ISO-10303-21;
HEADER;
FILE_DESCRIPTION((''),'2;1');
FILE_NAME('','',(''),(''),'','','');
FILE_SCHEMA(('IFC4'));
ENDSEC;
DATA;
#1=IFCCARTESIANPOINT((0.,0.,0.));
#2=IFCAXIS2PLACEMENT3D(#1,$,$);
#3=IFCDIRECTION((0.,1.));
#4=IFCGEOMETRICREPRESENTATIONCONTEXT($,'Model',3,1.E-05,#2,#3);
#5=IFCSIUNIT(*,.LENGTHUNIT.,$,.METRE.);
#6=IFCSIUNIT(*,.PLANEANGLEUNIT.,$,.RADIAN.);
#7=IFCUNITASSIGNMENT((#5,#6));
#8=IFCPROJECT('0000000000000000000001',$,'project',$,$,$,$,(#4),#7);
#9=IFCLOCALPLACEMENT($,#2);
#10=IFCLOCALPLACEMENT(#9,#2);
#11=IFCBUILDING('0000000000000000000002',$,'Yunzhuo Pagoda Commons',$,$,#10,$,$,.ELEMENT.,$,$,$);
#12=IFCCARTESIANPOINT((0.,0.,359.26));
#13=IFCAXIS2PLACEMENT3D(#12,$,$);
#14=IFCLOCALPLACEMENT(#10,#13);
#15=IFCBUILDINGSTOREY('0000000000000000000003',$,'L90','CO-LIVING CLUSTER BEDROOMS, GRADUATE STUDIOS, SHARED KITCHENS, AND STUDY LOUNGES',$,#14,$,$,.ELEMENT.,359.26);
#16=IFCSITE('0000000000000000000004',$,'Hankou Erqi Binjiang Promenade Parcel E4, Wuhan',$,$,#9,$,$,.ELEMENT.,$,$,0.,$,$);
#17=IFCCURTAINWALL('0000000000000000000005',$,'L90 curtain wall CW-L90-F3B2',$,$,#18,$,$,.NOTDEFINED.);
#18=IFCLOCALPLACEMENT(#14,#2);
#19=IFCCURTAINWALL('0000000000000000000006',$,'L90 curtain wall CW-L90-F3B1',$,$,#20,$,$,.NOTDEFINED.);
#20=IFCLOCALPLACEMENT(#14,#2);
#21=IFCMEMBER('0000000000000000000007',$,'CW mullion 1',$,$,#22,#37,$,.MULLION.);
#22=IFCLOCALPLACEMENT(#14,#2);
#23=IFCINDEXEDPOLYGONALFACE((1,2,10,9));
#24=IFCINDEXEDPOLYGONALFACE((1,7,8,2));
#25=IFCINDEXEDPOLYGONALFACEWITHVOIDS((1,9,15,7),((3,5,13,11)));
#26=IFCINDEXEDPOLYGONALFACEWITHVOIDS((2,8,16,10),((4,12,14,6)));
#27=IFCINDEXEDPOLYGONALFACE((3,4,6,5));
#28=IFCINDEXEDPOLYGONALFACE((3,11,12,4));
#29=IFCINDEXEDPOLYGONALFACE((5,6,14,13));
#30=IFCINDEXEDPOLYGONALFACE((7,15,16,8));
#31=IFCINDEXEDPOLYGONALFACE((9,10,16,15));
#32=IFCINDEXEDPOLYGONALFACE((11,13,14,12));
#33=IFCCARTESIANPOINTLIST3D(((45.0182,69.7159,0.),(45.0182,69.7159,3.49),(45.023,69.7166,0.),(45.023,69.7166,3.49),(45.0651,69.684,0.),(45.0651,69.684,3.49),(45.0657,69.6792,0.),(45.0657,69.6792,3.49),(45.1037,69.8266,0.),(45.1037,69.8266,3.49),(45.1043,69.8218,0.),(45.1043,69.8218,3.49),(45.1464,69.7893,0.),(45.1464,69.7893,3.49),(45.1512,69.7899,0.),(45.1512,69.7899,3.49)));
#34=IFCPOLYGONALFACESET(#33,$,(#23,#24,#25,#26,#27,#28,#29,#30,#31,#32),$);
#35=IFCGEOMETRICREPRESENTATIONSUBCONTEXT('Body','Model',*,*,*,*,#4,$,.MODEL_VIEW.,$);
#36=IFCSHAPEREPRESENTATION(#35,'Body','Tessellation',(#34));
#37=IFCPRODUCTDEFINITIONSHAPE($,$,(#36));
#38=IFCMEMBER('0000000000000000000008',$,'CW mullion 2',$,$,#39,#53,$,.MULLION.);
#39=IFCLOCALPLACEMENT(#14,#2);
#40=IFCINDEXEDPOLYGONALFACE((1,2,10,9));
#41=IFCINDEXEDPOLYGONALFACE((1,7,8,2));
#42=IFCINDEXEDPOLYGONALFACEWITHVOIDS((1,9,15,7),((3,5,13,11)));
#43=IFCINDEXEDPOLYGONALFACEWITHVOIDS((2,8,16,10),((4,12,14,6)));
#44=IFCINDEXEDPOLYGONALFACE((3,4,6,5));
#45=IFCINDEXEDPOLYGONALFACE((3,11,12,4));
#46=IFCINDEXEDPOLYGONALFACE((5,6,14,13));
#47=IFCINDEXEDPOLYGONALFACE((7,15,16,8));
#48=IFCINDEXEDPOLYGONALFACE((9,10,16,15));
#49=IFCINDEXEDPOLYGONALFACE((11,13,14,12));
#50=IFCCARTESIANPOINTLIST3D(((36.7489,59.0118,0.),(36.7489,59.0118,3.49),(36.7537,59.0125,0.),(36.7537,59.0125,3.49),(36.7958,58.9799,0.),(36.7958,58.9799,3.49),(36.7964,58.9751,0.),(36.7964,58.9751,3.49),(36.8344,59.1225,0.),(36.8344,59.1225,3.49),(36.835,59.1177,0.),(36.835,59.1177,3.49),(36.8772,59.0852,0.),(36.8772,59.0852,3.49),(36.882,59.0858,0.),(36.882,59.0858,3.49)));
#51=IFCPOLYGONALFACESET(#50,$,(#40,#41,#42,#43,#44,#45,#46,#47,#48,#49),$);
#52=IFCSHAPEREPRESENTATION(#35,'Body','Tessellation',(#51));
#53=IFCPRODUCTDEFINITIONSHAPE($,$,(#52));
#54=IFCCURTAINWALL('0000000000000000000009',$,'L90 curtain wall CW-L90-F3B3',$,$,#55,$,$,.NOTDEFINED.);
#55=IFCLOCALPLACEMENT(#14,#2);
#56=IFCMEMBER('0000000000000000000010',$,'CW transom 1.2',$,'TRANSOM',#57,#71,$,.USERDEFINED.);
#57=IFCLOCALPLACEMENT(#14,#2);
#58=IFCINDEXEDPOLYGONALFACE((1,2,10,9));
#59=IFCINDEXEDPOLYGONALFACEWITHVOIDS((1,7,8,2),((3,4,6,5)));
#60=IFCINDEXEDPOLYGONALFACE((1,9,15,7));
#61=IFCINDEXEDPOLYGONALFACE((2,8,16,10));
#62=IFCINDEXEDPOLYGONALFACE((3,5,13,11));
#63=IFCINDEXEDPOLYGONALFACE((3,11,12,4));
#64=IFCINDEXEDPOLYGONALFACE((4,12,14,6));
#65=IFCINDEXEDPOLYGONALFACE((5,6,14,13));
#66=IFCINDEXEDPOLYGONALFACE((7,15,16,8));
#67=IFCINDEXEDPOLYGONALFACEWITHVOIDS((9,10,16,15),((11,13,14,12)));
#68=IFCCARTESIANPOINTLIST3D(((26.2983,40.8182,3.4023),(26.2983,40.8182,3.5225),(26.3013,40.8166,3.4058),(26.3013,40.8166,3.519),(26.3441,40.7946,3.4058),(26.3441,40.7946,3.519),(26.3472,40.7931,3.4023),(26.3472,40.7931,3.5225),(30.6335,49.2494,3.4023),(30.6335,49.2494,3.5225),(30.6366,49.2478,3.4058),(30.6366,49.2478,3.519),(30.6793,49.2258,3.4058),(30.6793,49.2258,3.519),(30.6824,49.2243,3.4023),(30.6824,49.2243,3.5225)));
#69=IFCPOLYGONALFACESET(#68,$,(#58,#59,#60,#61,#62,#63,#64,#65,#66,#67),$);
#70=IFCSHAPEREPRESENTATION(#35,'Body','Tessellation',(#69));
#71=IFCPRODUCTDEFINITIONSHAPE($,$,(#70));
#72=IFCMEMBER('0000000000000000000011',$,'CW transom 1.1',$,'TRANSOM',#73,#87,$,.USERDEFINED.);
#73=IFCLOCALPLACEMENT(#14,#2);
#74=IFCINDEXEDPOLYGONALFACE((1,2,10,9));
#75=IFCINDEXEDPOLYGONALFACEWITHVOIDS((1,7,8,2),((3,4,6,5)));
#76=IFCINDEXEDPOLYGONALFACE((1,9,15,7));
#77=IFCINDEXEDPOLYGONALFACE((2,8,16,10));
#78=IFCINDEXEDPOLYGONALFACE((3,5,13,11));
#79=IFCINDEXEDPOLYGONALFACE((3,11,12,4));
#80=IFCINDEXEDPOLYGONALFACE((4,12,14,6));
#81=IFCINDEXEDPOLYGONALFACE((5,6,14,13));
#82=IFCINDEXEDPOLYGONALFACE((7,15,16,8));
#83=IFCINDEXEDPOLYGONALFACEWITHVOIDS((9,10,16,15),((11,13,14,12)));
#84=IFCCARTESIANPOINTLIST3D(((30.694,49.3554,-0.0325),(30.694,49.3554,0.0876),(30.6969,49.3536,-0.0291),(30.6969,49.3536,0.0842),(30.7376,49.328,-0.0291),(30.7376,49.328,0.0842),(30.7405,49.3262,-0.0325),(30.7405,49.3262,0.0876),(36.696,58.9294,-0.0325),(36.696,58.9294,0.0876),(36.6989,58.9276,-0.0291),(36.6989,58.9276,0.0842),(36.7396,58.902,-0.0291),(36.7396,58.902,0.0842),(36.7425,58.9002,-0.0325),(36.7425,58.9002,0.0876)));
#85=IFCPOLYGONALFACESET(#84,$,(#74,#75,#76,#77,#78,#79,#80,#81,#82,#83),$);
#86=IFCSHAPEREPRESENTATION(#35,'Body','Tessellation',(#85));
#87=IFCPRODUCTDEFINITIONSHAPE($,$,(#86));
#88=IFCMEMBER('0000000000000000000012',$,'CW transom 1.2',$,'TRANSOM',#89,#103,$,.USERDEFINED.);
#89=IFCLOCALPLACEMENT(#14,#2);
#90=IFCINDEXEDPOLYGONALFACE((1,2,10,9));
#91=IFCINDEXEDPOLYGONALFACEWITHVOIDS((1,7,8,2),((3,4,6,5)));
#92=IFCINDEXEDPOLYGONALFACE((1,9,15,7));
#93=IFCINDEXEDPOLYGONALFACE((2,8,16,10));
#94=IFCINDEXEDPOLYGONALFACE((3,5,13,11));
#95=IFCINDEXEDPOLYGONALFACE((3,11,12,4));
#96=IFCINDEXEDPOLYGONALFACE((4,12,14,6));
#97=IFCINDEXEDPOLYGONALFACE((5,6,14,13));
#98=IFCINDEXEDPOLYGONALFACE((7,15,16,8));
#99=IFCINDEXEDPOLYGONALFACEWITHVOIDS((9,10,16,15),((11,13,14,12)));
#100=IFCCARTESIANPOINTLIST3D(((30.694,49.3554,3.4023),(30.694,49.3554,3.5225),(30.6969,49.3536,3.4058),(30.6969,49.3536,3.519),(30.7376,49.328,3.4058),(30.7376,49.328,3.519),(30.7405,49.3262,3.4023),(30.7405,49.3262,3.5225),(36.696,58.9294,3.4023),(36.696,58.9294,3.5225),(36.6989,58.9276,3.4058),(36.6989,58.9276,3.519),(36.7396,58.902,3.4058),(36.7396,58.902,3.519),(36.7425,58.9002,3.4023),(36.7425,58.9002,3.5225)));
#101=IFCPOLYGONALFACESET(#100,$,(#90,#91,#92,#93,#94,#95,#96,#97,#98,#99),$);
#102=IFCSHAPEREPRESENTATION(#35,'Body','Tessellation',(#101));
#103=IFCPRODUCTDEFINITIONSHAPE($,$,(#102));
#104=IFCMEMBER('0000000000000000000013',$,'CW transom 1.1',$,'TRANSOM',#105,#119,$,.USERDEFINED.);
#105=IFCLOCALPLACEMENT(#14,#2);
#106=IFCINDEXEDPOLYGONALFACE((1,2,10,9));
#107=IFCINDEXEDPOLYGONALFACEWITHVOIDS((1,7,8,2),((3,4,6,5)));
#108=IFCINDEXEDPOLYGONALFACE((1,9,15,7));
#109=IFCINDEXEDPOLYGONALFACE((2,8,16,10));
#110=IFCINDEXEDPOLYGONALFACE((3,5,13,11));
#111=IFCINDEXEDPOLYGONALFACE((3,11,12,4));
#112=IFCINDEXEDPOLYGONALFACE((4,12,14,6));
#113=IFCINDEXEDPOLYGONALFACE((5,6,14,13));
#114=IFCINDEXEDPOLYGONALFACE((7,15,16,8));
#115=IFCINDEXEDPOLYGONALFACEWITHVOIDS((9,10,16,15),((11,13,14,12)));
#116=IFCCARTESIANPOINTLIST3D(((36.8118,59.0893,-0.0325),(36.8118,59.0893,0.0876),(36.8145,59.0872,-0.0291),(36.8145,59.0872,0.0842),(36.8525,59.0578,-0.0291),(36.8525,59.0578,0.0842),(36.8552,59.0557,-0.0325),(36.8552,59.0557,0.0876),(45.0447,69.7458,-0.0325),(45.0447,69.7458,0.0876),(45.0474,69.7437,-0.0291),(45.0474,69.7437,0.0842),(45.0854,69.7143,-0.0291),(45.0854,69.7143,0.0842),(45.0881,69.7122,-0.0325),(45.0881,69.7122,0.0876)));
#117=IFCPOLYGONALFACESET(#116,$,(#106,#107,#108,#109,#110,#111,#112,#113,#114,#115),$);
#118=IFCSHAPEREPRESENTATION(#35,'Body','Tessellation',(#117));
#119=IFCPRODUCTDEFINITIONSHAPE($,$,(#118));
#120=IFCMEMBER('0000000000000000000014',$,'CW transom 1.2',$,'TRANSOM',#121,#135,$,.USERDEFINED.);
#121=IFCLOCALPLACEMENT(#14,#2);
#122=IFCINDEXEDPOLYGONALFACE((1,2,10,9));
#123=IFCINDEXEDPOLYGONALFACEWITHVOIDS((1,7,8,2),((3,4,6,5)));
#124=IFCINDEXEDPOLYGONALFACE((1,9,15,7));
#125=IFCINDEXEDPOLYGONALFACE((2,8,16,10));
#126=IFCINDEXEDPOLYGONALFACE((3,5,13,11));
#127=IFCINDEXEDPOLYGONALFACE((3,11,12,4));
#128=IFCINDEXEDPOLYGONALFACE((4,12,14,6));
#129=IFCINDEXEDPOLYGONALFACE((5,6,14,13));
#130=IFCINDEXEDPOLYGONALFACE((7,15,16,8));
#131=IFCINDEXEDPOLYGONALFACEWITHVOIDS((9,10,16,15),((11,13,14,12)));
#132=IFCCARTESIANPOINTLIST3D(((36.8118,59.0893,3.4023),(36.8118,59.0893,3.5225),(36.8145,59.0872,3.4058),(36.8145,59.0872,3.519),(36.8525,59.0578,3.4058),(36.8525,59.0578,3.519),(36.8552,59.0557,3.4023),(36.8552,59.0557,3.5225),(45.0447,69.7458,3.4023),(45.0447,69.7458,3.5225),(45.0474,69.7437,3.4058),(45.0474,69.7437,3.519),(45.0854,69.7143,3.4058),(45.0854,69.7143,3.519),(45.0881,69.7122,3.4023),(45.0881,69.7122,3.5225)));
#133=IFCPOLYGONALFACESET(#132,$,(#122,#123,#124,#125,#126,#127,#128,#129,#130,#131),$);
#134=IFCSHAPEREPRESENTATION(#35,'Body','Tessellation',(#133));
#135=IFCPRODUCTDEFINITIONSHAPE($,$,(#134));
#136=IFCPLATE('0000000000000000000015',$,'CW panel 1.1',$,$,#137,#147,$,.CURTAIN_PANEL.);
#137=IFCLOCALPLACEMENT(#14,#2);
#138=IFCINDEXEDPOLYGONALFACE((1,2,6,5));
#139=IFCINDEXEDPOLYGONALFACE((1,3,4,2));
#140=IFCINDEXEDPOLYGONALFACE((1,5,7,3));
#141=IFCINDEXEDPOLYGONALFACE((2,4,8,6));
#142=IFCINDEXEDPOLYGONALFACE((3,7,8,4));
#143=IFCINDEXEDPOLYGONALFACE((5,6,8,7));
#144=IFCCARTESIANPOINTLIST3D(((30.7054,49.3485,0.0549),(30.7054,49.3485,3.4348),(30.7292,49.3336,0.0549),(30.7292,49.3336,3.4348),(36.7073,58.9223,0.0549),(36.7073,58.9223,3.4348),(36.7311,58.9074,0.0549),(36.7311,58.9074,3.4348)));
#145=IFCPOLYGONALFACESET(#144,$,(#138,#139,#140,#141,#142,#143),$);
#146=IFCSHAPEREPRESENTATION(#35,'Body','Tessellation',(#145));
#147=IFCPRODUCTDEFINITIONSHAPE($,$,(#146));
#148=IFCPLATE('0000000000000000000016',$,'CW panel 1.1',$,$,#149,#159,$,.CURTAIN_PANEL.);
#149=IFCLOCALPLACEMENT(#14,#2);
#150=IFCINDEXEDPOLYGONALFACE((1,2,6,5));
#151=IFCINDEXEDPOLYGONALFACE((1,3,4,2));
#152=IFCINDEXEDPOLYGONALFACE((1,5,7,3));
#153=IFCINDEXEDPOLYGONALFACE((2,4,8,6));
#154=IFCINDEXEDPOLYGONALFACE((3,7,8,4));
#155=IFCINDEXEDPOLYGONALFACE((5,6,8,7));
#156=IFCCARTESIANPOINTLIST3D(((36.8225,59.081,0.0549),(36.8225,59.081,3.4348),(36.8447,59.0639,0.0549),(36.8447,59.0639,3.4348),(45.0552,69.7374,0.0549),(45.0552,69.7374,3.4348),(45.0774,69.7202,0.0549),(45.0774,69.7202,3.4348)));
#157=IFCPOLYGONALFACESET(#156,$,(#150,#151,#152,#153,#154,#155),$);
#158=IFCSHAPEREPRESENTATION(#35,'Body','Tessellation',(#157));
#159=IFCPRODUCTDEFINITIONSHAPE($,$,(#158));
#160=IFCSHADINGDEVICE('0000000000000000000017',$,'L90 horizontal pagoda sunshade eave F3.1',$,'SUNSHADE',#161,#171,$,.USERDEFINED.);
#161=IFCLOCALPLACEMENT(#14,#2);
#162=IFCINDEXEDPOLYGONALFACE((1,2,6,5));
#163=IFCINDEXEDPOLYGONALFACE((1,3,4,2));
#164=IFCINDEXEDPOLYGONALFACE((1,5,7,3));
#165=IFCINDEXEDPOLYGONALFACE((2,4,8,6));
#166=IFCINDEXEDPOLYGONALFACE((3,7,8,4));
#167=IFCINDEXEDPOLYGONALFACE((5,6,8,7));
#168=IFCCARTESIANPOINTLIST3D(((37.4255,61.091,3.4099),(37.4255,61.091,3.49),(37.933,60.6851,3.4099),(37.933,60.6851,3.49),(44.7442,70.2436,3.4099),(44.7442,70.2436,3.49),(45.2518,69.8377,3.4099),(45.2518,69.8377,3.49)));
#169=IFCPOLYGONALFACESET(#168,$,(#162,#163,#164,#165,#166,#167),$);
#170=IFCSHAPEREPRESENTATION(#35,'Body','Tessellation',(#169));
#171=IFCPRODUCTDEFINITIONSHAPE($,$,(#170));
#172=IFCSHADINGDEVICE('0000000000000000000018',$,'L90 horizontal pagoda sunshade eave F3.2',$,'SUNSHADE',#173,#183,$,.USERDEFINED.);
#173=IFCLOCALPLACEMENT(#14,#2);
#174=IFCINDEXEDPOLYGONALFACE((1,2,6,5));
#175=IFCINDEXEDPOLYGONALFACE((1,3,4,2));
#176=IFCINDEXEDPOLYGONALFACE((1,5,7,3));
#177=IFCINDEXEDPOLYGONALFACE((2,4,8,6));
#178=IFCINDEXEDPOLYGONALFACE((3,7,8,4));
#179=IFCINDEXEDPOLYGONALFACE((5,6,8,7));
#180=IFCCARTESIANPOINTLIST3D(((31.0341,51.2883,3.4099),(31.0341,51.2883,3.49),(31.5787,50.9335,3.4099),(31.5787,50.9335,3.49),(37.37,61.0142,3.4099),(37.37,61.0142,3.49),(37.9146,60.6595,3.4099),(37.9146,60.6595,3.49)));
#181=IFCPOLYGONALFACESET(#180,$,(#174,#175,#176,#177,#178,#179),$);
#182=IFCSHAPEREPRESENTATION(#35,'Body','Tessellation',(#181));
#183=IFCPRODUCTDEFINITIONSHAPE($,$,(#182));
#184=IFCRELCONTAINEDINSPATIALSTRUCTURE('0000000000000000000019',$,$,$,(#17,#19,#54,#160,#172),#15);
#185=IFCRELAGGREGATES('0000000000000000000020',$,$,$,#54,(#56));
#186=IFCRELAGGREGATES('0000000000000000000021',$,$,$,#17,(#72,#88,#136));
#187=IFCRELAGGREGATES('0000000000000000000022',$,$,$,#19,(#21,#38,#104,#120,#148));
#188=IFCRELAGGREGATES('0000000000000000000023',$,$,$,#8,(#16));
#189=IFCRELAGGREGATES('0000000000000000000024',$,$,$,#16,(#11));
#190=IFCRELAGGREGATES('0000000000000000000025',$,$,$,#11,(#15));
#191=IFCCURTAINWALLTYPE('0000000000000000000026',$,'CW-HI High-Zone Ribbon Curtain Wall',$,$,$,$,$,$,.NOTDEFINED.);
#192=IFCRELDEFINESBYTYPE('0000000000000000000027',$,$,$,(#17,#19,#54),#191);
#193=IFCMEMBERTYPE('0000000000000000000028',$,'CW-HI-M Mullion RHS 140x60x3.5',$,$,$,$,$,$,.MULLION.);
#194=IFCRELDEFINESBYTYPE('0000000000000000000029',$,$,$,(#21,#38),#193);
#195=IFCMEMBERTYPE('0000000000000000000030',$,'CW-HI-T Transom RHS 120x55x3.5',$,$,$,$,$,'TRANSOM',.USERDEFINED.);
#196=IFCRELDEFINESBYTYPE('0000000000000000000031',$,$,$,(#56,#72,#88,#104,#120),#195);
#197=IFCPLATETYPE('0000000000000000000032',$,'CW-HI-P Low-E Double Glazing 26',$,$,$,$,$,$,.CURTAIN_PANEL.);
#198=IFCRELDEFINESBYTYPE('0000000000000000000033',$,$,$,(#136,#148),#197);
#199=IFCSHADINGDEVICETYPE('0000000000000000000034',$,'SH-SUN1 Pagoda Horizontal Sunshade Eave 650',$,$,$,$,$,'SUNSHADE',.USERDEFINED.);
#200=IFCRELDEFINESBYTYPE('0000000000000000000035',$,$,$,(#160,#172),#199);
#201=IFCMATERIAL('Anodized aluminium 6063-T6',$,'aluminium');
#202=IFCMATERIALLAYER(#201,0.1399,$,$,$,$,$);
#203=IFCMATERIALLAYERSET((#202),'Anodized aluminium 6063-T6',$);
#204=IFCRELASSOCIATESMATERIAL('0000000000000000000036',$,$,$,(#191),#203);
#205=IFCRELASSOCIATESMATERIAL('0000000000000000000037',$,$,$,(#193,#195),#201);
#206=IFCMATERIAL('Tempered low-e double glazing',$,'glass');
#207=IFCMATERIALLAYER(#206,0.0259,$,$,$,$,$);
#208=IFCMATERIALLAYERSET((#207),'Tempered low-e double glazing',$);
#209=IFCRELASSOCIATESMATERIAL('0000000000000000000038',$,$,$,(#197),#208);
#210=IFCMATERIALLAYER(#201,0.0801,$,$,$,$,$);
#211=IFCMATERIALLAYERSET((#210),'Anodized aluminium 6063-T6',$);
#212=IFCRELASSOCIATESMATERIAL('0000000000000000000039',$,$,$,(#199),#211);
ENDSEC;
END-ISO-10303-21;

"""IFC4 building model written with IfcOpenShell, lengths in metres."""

from ifc_helpers import new_model, si_unit, direction, frame, origin, origin_2d, place, context, subcontext, project, spatial, rectangle, hollow_rectangle, extrude, source, transform, mapped, material, layer, layer_set, material_profile, profile_set, type_object, element, aggregate, save


model = new_model("IFC4")

# Units and contexts
model_context = context("Model", 3, precision=1e-05, world=origin(), true_north=direction((0.0, 1.0)))
body_context = subcontext(model_context, "Body", "Model", "MODEL_VIEW")
ifc_project = project(units=[si_unit("LENGTHUNIT", "METRE"), si_unit("PLANEANGLEUNIT", "RADIAN")], contexts=[model_context])

# Site, building, storey
site_placement = place(None, origin())
site = spatial("IfcSite", under=ifc_project, at=site_placement, Name="Hankou Erqi Binjiang Promenade Parcel E4, Wuhan", CompositionType="ELEMENT", RefElevation=0.0)
building_placement = place(site_placement, origin())
building = spatial("IfcBuilding", under=site, at=building_placement, Name="Yunzhuo Pagoda Commons", CompositionType="ELEMENT")
storey_placement = place(building_placement, frame((0.0, 0.0, 359.26)))
storey = spatial("IfcBuildingStorey", under=building, at=storey_placement, Name="L90", Description="CO-LIVING CLUSTER BEDROOMS, GRADUATE STUDIOS, SHARED KITCHENS, AND STUDY LOUNGES", CompositionType="ELEMENT", Elevation=359.26)

# Curtain walls, members
ifc_material_1 = material(Name="Anodized aluminium 6063-T6", Category="aluminium")
ifc_layer_1 = layer(ifc_material_1, 0.1399)
ifc_layer_set_1 = layer_set([ifc_layer_1], Name="Anodized aluminium 6063-T6")
curtain_wall_type = type_object("IfcCurtainWallType", Name="CW-HI High-Zone Ribbon Curtain Wall", PredefinedType="NOTDEFINED", material=ifc_layer_set_1)
curtain_wall_1_placement = place(storey_placement, origin())
curtain_wall_1 = element("IfcCurtainWall", 1, at=curtain_wall_1_placement, inside=storey, type_object=curtain_wall_type, Name="L90 curtain wall CW-L90-F3B2", PredefinedType="NOTDEFINED")
ifc_material_profile_1 = material_profile(ifc_material_1, hollow_rectangle(XDim=0.0601, YDim=0.1399, WallThickness=0.0034, at=origin_2d()), Name="Anodized aluminium 6063-T6")
ifc_profile_set_1 = profile_set([ifc_material_profile_1], Name="Anodized aluminium 6063-T6")
member_type_1 = type_object("IfcMemberType", Name="CW-HI-M Mullion RHS 140x60x3.5", PredefinedType="MULLION", material=ifc_profile_set_1)
shared_shape_1 = source(origin(), body_context, "Body", "SweptSolid", [
    extrude(hollow_rectangle(XDim=0.0601, YDim=0.1399, WallThickness=0.0034, at=origin_2d()), origin(), (0.0, 0.0, 1.0), 3.49),
])
curtain_wall_2_placement = place(storey_placement, origin())
curtain_wall_2 = element("IfcCurtainWall", 2, at=curtain_wall_2_placement, inside=storey, type_object=curtain_wall_type, Name="L90 curtain wall CW-L90-F3B1", PredefinedType="NOTDEFINED")
member_1_placement = place(storey_placement, frame((45.0847, 69.7529, 0.0), z_axis=(0.0, 0.0, 1.0), x_axis=(0.791349, -0.611365, 0.0)))
member_1 = element("IfcMember", 3, at=member_1_placement, type_object=member_type_1, Name="CW mullion 1", PredefinedType="MULLION", context=body_context, shape_type="MappedRepresentation", body=[
    mapped(shared_shape_1, transform((0.0, 0.0, 0.0), scale=1.0)),
])
member_2_placement = place(storey_placement, frame((36.8154, 59.0488, 0.0), z_axis=(0.0, 0.0, 1.0), x_axis=(0.791349, -0.611365, 0.0)))
member_2 = element("IfcMember", 4, at=member_2_placement, type_object=member_type_1, Name="CW mullion 2", PredefinedType="MULLION", context=body_context, shape_type="MappedRepresentation", body=[
    mapped(shared_shape_1, transform((0.0, 0.0, 0.0), scale=1.0)),
])

# Curtain wall, member
curtain_wall_3_placement = place(storey_placement, origin())
curtain_wall_3 = element("IfcCurtainWall", 5, at=curtain_wall_3_placement, inside=storey, type_object=curtain_wall_type, Name="L90 curtain wall CW-L90-F3B3", PredefinedType="NOTDEFINED")
ifc_material_profile_2 = material_profile(ifc_material_1, hollow_rectangle(XDim=0.0549, YDim=0.1201, WallThickness=0.0034, at=origin_2d()), Name="Anodized aluminium 6063-T6")
ifc_profile_set_2 = profile_set([ifc_material_profile_2], Name="Anodized aluminium 6063-T6")
member_type_2 = type_object("IfcMemberType", Name="CW-HI-T Transom RHS 120x55x3.5", ElementType="TRANSOM", PredefinedType="USERDEFINED", material=ifc_profile_set_2)
shared_shape_2 = source(origin(), body_context, "Body", "SweptSolid", [
    extrude(hollow_rectangle(XDim=0.0549, YDim=0.1201, WallThickness=0.0034, at=origin_2d()), origin(), (0.0, 0.0, 1.0), 9.4805),
])
member_3_placement = place(storey_placement, frame((30.658, 49.2368, 3.4624), z_axis=(-0.45728, -0.889323, 0.0), x_axis=(0.889323, -0.45728, 0.0)))
member_3 = element("IfcMember", 6, at=member_3_placement, type_object=member_type_2, Name="CW transom 1.2", ObjectType="TRANSOM", PredefinedType="USERDEFINED", context=body_context, shape_type="MappedRepresentation", body=[
    mapped(shared_shape_2, transform((0.0, 0.0, 0.0), scale=1.0)),
])
aggregate(curtain_wall_3, [member_3])

# Members
shared_shape_3 = source(origin(), body_context, "Body", "SweptSolid", [
    extrude(hollow_rectangle(XDim=0.0549, YDim=0.1201, WallThickness=0.0034, at=origin_2d()), origin(), (0.0, 0.0, 1.0), 11.2998),
])
member_4_placement = place(storey_placement, frame((36.7192, 58.9148, 0.0276), z_axis=(-0.531158, -0.847273, 0.0), x_axis=(0.847273, -0.531158, 0.0)))
member_4 = element("IfcMember", 7, at=member_4_placement, type_object=member_type_2, Name="CW transom 1.1", ObjectType="TRANSOM", PredefinedType="USERDEFINED", context=body_context, shape_type="MappedRepresentation", body=[
    mapped(shared_shape_3, transform((0.0, 0.0, 0.0), scale=1.0)),
])
member_5_placement = place(storey_placement, frame((36.7192, 58.9148, 3.4624), z_axis=(-0.531158, -0.847273, 0.0), x_axis=(0.847273, -0.531158, 0.0)))
member_5 = element("IfcMember", 8, at=member_5_placement, type_object=member_type_2, Name="CW transom 1.2", ObjectType="TRANSOM", PredefinedType="USERDEFINED", context=body_context, shape_type="MappedRepresentation", body=[
    mapped(shared_shape_3, transform((0.0, 0.0, 0.0), scale=1.0)),
])
shared_shape_4 = source(origin(), body_context, "Body", "SweptSolid", [
    extrude(hollow_rectangle(XDim=0.0549, YDim=0.1201, WallThickness=0.0034, at=origin_2d()), origin(), (0.0, 0.0, 1.0), 13.4663),
])
member_6_placement = place(storey_placement, frame((45.0664, 69.729, 0.0276), z_axis=(-0.611371, -0.791344, 0.0), x_axis=(0.791344, -0.611371, 0.0)))
member_6 = element("IfcMember", 9, at=member_6_placement, type_object=member_type_2, Name="CW transom 1.1", ObjectType="TRANSOM", PredefinedType="USERDEFINED", context=body_context, shape_type="MappedRepresentation", body=[
    mapped(shared_shape_4, transform((0.0, 0.0, 0.0), scale=1.0)),
])
member_7_placement = place(storey_placement, frame((45.0664, 69.729, 3.4624), z_axis=(-0.611371, -0.791344, 0.0), x_axis=(0.791344, -0.611371, 0.0)))
member_7 = element("IfcMember", 10, at=member_7_placement, type_object=member_type_2, Name="CW transom 1.2", ObjectType="TRANSOM", PredefinedType="USERDEFINED", context=body_context, shape_type="MappedRepresentation", body=[
    mapped(shared_shape_4, transform((0.0, 0.0, 0.0), scale=1.0)),
])

# Plates
ifc_material_2 = material(Name="Tempered low-e double glazing", Category="glass")
ifc_layer_2 = layer(ifc_material_2, 0.0259)
ifc_layer_set_2 = layer_set([ifc_layer_2], Name="Tempered low-e double glazing")
plate_type = type_object("IfcPlateType", Name="CW-HI-P Low-E Double Glazing 26", PredefinedType="CURTAIN_PANEL", material=ifc_layer_set_2)
shared_shape_5 = source(origin(), body_context, "Body", "SweptSolid", [
    extrude(rectangle(XDim=11.2996, YDim=0.0281, at=origin_2d()), origin(), (0.0, 0.0, 1.0), 3.3799),
])
plate_1_placement = place(storey_placement, frame((33.7183, 54.1279, 0.0549), z_axis=(0.0, 0.0, 1.0), x_axis=(-0.531158, -0.847273, 0.0)))
plate_1 = element("IfcPlate", 11, at=plate_1_placement, type_object=plate_type, Name="CW panel 1.1", PredefinedType="CURTAIN_PANEL", context=body_context, shape_type="MappedRepresentation", body=[
    mapped(shared_shape_5, transform((0.0, 0.0, 0.0), scale=1.0)),
])
aggregate(curtain_wall_1, [member_4, member_5, plate_1])
shared_shape_6 = source(origin(), body_context, "Body", "SweptSolid", [
    extrude(rectangle(XDim=13.4661, YDim=0.0281, at=origin_2d()), origin(), (0.0, 0.0, 1.0), 3.3799),
])
plate_2_placement = place(storey_placement, frame((40.95, 64.4006, 0.0549), z_axis=(0.0, 0.0, 1.0), x_axis=(-0.611365, -0.791349, 0.0)))
plate_2 = element("IfcPlate", 12, at=plate_2_placement, type_object=plate_type, Name="CW panel 1.1", PredefinedType="CURTAIN_PANEL", context=body_context, shape_type="MappedRepresentation", body=[
    mapped(shared_shape_6, transform((0.0, 0.0, 0.0), scale=1.0)),
])
aggregate(curtain_wall_2, [member_1, member_2, member_6, member_7, plate_2])

# Shading devices
ifc_layer_3 = layer(ifc_material_1, 0.0801)
ifc_layer_set_3 = layer_set([ifc_layer_3], Name="Anodized aluminium 6063-T6")
shading_device_type = type_object("IfcShadingDeviceType", Name="SH-SUN1 Pagoda Horizontal Sunshade Eave 650", ElementType="SUNSHADE", PredefinedType="USERDEFINED", material=ifc_layer_set_3)
shared_shape_7 = source(origin(), body_context, "Body", "SweptSolid", [
    extrude(rectangle(XDim=11.719, YDim=0.6499, at=origin_2d()), origin(), (0.0, 0.0, 1.0), 0.0801),
])
shading_device_1_placement = place(storey_placement, frame((41.3386, 65.4644, 3.4099), z_axis=(0.0, 0.0, 1.0), x_axis=(-0.62452, -0.781008, 0.0)))
element("IfcShadingDevice", 13, at=shading_device_1_placement, inside=storey, type_object=shading_device_type, Name="L90 horizontal pagoda sunshade eave F3.1", ObjectType="SUNSHADE", PredefinedType="USERDEFINED", context=body_context, shape_type="MappedRepresentation", body=[
    mapped(shared_shape_7, transform((0.0, 0.0, 0.0), scale=1.0)),
])
shared_shape_8 = source(origin(), body_context, "Body", "SweptSolid", [
    extrude(rectangle(XDim=11.6077, YDim=0.6499, at=origin_2d()), origin(), (0.0, 0.0, 1.0), 0.0801),
])
shading_device_2_placement = place(storey_placement, frame((34.4744, 55.9739, 3.4099), z_axis=(0.0, 0.0, 1.0), x_axis=(-0.545839, -0.83789, 0.0)))
element("IfcShadingDevice", 14, at=shading_device_2_placement, inside=storey, type_object=shading_device_type, Name="L90 horizontal pagoda sunshade eave F3.2", ObjectType="SUNSHADE", PredefinedType="USERDEFINED", context=body_context, shape_type="MappedRepresentation", body=[
    mapped(shared_shape_8, transform((0.0, 0.0, 0.0), scale=1.0)),
])

save(model, "model.ifc")
